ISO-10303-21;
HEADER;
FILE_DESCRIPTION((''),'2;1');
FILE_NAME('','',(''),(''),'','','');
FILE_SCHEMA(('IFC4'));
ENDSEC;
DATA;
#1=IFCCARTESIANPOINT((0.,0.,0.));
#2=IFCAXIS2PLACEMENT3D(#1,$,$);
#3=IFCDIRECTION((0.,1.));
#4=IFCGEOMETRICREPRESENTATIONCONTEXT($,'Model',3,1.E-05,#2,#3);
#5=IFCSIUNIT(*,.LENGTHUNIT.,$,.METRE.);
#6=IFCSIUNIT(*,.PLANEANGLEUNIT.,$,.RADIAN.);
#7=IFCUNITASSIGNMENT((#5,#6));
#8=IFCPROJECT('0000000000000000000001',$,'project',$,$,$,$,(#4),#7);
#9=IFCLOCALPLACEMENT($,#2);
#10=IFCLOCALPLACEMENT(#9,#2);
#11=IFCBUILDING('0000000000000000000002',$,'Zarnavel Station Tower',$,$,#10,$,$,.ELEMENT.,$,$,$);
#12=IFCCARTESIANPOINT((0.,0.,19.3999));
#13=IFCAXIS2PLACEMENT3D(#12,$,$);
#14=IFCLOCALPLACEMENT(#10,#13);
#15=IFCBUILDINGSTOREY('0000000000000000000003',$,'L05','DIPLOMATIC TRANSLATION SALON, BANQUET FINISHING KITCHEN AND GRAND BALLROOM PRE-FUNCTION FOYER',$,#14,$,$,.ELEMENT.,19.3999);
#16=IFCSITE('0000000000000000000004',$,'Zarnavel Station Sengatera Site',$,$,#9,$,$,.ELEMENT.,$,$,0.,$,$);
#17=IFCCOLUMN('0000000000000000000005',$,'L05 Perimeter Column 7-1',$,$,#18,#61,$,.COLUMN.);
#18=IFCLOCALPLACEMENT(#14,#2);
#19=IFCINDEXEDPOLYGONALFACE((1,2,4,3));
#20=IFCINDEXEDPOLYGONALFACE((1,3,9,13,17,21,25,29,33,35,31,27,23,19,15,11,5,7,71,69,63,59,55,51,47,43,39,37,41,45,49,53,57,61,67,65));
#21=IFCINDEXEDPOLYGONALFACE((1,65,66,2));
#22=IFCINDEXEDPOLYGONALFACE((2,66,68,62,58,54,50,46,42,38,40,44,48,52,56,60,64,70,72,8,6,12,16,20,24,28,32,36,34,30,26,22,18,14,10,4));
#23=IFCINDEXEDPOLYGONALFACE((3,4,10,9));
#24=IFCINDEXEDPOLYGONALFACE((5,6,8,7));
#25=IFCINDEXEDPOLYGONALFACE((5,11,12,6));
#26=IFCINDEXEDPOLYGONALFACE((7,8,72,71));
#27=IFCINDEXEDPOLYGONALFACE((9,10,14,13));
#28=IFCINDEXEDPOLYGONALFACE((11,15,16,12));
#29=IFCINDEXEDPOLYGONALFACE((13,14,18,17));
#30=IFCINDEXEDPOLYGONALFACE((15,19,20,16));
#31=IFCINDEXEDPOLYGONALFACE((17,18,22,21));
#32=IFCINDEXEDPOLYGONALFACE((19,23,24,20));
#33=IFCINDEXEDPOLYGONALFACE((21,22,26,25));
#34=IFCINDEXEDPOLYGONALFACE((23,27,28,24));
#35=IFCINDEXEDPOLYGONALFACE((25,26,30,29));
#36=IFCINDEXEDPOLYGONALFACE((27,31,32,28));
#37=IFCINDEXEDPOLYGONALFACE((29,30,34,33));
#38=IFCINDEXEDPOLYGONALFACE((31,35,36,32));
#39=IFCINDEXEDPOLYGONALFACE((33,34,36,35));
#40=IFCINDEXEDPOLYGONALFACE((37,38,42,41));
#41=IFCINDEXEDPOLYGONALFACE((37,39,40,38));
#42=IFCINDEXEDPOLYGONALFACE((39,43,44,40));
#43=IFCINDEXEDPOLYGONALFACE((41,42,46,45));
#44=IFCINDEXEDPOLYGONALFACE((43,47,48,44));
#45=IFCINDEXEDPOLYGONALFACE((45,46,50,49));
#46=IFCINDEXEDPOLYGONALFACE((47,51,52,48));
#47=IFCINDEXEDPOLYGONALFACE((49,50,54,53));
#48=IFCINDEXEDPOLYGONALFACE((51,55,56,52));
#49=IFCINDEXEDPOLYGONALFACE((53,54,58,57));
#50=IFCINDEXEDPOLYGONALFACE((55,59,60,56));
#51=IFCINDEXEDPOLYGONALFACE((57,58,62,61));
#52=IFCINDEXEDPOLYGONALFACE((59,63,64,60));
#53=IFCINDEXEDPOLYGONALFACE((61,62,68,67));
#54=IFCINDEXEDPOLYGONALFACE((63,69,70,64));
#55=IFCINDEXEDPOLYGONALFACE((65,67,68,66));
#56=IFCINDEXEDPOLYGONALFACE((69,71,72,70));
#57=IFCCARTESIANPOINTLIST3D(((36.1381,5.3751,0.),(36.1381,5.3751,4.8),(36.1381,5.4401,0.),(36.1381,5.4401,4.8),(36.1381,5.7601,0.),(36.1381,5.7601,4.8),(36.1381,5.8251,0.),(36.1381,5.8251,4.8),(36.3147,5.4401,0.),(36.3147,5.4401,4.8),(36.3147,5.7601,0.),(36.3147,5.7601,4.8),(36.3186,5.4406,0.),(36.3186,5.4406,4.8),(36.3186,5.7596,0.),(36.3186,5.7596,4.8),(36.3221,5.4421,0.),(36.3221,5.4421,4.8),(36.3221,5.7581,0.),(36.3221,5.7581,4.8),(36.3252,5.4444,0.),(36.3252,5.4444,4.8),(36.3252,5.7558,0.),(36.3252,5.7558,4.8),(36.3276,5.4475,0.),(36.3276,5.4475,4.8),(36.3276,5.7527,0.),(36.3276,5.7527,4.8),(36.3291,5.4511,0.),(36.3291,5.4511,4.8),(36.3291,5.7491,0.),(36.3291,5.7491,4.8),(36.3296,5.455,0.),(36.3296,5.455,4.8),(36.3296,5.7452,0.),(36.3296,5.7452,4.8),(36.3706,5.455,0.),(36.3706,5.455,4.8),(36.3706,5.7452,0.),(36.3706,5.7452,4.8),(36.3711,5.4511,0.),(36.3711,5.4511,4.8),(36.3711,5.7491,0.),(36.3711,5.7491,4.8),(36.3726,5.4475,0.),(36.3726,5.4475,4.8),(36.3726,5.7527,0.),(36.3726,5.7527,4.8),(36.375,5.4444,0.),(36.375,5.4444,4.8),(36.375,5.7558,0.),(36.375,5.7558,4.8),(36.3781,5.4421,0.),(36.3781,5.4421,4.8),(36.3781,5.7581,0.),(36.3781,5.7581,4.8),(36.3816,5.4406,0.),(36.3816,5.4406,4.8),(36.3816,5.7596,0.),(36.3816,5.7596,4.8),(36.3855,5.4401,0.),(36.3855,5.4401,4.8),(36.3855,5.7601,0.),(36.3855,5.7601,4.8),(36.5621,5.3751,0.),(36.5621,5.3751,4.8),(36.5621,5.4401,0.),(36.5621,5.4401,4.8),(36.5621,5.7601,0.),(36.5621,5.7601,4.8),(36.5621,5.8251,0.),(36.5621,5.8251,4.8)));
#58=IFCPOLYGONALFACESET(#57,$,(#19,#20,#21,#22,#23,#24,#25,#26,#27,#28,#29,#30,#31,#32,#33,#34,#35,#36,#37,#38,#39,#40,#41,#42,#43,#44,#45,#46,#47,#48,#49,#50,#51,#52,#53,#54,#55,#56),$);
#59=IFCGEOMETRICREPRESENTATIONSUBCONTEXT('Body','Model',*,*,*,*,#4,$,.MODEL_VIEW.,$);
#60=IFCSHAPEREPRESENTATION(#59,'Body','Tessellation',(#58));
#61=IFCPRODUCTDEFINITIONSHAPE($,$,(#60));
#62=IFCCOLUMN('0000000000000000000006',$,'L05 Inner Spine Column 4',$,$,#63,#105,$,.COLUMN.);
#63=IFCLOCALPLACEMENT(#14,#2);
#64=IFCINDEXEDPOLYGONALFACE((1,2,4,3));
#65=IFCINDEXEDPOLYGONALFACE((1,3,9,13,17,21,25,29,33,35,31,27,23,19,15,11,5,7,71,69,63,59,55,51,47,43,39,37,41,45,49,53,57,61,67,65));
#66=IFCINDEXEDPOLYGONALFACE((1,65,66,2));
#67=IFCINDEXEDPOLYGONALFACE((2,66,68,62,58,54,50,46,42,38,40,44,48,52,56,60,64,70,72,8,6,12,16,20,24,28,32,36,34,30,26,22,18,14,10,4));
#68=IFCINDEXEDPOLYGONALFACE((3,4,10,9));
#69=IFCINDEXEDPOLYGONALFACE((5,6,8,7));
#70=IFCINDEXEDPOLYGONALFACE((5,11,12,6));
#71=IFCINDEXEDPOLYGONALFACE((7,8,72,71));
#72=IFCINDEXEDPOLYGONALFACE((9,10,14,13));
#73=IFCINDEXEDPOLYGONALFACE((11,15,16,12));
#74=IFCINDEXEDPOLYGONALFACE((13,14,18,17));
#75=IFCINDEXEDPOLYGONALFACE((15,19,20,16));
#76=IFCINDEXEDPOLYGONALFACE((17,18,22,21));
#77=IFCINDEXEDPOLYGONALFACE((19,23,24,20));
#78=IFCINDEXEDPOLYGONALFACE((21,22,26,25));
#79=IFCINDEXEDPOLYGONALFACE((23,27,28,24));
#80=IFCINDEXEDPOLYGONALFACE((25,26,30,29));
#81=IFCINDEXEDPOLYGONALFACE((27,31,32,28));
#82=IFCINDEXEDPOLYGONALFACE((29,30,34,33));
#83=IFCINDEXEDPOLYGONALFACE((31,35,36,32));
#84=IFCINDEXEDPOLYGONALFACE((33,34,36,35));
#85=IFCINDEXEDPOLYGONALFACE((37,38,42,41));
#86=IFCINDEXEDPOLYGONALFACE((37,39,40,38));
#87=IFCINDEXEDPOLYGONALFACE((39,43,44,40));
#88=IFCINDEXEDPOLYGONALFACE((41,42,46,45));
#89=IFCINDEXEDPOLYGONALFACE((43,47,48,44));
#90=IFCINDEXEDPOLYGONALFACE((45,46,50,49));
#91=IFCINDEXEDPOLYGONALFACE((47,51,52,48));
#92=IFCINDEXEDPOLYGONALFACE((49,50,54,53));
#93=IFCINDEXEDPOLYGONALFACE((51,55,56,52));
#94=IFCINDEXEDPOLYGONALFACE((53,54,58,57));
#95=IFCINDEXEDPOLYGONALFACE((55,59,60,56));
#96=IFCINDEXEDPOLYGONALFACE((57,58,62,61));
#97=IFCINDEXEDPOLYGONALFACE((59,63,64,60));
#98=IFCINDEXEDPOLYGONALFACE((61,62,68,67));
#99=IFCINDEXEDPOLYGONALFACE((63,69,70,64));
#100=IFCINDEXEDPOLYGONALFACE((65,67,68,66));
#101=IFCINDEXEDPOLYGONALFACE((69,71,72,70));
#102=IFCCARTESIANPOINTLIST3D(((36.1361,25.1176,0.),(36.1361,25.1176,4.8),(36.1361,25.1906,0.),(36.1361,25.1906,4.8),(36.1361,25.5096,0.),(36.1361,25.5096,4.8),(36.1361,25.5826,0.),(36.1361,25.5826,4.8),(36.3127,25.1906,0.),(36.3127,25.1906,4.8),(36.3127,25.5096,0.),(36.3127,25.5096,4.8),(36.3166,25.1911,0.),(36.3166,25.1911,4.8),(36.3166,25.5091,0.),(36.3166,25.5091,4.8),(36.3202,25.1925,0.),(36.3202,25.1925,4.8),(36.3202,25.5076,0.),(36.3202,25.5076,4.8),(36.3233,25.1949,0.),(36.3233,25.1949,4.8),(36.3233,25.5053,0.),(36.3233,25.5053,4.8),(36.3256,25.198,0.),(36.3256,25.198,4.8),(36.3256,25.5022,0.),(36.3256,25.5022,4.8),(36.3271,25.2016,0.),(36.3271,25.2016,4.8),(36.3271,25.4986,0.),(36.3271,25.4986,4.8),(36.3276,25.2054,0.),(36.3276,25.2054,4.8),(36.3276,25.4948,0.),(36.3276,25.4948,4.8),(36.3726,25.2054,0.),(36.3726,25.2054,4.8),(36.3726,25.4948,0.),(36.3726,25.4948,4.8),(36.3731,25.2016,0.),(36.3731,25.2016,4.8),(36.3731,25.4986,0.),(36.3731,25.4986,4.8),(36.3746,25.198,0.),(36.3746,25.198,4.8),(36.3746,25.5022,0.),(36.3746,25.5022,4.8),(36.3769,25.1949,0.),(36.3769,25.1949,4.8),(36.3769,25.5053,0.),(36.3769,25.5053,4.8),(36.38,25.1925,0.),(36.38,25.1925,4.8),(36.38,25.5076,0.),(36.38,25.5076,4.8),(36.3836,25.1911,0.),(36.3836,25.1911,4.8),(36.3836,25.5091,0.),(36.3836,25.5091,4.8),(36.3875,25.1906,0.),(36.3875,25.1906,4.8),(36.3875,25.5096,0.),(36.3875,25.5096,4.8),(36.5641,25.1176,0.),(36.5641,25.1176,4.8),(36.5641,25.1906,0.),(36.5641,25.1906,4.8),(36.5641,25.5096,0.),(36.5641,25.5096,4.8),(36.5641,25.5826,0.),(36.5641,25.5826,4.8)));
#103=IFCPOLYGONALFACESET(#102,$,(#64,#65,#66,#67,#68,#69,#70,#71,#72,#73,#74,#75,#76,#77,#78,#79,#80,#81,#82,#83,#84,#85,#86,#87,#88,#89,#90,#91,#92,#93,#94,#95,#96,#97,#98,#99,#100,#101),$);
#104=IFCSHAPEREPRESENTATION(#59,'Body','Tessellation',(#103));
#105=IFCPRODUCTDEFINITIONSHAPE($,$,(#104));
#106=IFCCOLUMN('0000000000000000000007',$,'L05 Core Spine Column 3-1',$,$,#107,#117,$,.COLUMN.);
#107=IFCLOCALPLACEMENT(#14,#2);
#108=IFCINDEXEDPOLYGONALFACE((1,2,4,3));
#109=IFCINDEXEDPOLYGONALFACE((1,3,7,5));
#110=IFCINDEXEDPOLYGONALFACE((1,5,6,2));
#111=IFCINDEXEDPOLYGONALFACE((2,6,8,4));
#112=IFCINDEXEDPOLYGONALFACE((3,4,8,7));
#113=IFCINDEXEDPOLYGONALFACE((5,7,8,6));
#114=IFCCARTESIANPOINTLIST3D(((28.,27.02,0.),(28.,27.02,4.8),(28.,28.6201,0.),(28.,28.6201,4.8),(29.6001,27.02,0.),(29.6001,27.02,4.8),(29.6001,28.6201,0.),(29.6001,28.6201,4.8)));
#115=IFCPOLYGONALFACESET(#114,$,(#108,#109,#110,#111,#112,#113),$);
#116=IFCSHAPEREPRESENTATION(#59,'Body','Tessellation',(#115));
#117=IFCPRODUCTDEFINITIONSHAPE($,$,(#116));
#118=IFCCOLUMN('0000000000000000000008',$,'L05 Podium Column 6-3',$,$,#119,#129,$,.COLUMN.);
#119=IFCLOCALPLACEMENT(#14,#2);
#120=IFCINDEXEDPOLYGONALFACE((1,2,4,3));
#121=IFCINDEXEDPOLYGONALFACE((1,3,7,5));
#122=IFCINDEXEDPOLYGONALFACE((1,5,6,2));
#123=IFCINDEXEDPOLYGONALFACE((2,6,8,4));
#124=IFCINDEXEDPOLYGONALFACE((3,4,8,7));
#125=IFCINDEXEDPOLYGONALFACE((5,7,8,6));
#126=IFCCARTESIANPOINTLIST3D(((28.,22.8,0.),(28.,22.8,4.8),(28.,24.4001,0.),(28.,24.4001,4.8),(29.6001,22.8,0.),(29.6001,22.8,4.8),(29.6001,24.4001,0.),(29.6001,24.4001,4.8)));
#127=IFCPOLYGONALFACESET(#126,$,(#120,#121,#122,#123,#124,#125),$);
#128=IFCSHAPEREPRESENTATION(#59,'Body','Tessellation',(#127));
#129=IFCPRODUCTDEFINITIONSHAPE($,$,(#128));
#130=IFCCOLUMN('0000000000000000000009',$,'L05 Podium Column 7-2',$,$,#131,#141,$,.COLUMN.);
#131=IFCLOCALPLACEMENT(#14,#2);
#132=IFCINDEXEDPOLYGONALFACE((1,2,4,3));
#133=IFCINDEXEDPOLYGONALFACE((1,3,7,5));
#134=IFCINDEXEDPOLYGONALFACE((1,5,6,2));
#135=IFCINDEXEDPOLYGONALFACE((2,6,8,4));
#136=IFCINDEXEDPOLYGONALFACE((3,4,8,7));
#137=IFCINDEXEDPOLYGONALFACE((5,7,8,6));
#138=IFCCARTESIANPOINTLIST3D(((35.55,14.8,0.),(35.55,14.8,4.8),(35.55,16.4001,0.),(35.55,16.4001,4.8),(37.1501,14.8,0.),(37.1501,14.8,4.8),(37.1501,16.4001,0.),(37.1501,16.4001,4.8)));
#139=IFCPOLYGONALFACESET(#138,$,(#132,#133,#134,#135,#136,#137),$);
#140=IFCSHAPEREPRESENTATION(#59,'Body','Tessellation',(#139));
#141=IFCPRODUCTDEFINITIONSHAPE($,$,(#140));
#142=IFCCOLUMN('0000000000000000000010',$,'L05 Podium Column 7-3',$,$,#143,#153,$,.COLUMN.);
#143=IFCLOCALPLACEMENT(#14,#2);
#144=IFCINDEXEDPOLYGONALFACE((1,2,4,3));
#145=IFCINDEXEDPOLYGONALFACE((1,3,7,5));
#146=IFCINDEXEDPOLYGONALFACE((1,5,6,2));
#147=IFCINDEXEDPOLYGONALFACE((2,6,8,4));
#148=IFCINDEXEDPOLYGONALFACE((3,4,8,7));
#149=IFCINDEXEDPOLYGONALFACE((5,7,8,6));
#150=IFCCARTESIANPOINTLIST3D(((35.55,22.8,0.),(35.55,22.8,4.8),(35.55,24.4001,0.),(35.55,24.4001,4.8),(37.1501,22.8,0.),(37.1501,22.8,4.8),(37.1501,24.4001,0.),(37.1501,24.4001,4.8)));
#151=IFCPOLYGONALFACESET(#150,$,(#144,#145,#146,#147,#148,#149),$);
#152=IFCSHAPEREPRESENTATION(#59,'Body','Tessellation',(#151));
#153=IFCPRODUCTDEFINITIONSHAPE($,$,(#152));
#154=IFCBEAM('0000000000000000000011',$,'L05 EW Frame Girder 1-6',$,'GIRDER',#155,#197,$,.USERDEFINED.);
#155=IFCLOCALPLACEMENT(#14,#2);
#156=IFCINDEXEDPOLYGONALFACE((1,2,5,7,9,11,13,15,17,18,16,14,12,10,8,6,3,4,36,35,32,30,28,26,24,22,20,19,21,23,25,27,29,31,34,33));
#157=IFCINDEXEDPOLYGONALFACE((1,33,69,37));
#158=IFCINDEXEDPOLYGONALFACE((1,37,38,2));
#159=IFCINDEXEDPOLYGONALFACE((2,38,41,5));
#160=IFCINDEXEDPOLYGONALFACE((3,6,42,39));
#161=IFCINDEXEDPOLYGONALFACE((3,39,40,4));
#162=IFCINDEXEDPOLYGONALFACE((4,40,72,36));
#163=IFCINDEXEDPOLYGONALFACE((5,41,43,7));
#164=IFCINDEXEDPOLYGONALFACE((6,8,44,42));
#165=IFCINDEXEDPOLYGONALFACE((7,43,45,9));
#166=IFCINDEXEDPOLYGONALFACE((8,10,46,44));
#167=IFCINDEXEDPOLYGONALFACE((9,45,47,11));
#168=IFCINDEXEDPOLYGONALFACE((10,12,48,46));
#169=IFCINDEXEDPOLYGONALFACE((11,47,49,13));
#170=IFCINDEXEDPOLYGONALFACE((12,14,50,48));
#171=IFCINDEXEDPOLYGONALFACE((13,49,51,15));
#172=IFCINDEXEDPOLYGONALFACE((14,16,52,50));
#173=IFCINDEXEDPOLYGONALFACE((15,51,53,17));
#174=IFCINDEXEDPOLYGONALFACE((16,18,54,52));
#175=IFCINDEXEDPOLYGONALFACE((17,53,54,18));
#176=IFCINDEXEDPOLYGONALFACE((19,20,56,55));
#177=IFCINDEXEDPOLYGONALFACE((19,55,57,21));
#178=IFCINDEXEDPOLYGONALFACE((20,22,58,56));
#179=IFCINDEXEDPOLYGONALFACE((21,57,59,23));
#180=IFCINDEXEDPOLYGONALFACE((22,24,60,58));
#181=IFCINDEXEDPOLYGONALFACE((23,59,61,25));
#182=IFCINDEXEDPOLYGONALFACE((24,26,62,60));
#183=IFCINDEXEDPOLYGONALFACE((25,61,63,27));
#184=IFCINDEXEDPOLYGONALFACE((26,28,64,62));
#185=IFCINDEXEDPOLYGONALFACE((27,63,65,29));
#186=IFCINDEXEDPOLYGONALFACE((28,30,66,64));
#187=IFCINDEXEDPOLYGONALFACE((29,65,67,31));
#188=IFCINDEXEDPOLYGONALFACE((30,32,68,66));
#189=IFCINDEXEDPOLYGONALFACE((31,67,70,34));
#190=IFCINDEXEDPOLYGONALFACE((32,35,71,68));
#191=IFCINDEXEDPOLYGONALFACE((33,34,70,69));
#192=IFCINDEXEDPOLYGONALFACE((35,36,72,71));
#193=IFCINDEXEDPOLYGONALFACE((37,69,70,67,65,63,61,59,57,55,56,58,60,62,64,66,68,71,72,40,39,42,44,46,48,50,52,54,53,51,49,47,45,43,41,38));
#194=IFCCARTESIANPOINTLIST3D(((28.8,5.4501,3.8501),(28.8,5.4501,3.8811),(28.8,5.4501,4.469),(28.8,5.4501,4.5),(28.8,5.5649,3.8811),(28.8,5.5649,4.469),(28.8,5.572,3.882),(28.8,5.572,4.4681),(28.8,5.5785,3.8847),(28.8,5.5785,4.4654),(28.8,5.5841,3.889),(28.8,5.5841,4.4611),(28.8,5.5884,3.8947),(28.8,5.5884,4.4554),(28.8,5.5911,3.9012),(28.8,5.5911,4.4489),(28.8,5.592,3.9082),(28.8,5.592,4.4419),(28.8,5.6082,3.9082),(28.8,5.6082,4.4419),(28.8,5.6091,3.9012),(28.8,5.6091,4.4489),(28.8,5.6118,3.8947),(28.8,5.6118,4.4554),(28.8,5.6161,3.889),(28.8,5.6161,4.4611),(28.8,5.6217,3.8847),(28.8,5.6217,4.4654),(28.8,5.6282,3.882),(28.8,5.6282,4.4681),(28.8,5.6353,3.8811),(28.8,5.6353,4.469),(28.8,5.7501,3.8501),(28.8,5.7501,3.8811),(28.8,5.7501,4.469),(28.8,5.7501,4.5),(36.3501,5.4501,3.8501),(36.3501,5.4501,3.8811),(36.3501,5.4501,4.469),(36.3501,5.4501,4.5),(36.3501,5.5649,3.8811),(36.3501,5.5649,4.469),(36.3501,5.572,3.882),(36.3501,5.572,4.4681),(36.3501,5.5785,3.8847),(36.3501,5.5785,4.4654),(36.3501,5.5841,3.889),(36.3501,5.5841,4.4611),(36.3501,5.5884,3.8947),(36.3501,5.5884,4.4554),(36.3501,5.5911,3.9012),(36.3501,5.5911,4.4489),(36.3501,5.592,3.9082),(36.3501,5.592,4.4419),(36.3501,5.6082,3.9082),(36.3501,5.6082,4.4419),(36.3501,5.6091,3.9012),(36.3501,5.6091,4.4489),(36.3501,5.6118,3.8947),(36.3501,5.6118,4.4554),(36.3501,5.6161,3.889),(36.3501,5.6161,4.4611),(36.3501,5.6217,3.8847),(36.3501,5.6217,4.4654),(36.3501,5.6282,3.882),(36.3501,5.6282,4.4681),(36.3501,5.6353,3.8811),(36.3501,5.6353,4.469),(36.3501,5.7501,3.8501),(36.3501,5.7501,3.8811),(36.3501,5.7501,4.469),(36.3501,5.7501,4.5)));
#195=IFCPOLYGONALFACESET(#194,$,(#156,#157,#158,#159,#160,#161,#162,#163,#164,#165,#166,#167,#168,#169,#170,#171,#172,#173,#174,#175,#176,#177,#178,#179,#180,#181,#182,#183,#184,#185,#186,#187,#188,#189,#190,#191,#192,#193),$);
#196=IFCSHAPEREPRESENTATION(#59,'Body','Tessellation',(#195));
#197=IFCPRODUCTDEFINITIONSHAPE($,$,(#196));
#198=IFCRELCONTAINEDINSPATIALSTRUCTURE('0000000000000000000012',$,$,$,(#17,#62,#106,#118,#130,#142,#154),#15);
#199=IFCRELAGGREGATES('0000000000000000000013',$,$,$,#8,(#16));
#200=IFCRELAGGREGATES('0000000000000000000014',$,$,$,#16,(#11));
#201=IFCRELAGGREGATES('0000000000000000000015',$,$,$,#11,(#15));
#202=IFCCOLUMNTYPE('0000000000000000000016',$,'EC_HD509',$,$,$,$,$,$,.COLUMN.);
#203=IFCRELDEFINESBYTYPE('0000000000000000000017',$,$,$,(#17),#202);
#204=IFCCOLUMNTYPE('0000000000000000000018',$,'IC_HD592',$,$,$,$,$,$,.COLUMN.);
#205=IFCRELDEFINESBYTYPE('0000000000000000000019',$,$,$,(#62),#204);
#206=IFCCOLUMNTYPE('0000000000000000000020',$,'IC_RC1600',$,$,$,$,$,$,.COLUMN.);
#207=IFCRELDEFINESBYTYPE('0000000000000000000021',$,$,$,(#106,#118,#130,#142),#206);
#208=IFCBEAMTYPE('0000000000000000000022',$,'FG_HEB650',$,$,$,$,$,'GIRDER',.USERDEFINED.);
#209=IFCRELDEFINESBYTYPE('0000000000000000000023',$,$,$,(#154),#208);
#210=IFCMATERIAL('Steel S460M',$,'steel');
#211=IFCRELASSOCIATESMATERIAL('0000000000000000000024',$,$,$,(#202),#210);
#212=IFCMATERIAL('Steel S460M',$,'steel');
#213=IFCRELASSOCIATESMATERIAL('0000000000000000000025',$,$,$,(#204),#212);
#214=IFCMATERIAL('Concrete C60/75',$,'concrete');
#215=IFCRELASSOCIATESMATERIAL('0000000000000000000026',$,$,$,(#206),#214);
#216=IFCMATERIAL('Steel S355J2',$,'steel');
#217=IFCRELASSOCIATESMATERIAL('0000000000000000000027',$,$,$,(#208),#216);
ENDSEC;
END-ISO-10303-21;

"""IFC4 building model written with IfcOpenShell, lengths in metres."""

from ifc_helpers import new_model, si_unit, direction, frame, origin, origin_2d, place, context, subcontext, project, spatial, rectangle, i_section, extrude, material, material_profile, profile_set, type_object, element, save


model = new_model("IFC4")

# Units and contexts
model_context = context("Model", 3, precision=1e-05, world=origin(), true_north=direction((0.0, 1.0)))
body_context = subcontext(model_context, "Body", "Model", "MODEL_VIEW")
ifc_project = project(units=[si_unit("LENGTHUNIT", "METRE"), si_unit("PLANEANGLEUNIT", "RADIAN")], contexts=[model_context])

# Site, building, storey
site_placement = place(None, origin())
site = spatial("IfcSite", under=ifc_project, at=site_placement, Name="Zarnavel Station Sengatera Site", CompositionType="ELEMENT", RefElevation=0.0)
building_placement = place(site_placement, origin())
building = spatial("IfcBuilding", under=site, at=building_placement, Name="Zarnavel Station Tower", CompositionType="ELEMENT")
storey_placement = place(building_placement, frame((0.0, 0.0, 19.3999)))
storey = spatial("IfcBuildingStorey", under=building, at=storey_placement, Name="L05", Description="DIPLOMATIC TRANSLATION SALON, BANQUET FINISHING KITCHEN AND GRAND BALLROOM PRE-FUNCTION FOYER", CompositionType="ELEMENT", Elevation=19.3999)

# Columns
ifc_material_1 = material(Name="Steel S460M", Category="steel")
ifc_material_profile_1 = material_profile(ifc_material_1, i_section(OverallWidth=0.4241, OverallDepth=0.45, WebThickness=0.041, FlangeThickness=0.0649, FilletRadius=0.0149, at=origin_2d()), Name="HD400x509")
ifc_profile_set_1 = profile_set([ifc_material_profile_1], Name="Steel S460M")
column_type_1 = type_object("IfcColumnType", Name="EC_HD509", PredefinedType="COLUMN", material=ifc_profile_set_1)
column_1_placement = place(storey_placement, frame((36.3501, 5.6001, 0.0), z_axis=(0.0, 0.0, 1.0), x_axis=(1.0, 0.0, 0.0)))
element("IfcColumn", 1, at=column_1_placement, inside=storey, type_object=column_type_1, Name="L05 Perimeter Column 7-1", PredefinedType="COLUMN", context=body_context, shape_type="SweptSolid", body=[
    extrude(i_section(OverallWidth=0.4241, OverallDepth=0.45, WebThickness=0.041, FlangeThickness=0.0649, FilletRadius=0.0149, at=origin_2d()), origin(), (0.0, 0.0, 1.0), 4.8),
])
ifc_material_2 = material(Name="Steel S460M", Category="steel")
ifc_material_profile_2 = material_profile(ifc_material_2, i_section(OverallWidth=0.428, OverallDepth=0.4651, WebThickness=0.0449, FlangeThickness=0.073, FilletRadius=0.0149, at=origin_2d()), Name="HD400x592")
ifc_profile_set_2 = profile_set([ifc_material_profile_2], Name="Steel S460M")
column_type_2 = type_object("IfcColumnType", Name="IC_HD592", PredefinedType="COLUMN", material=ifc_profile_set_2)
column_2_placement = place(storey_placement, frame((36.3501, 25.3501, 0.0), z_axis=(0.0, 0.0, 1.0), x_axis=(1.0, 0.0, 0.0)))
element("IfcColumn", 2, at=column_2_placement, inside=storey, type_object=column_type_2, Name="L05 Inner Spine Column 4", PredefinedType="COLUMN", context=body_context, shape_type="SweptSolid", body=[
    extrude(i_section(OverallWidth=0.428, OverallDepth=0.4651, WebThickness=0.0449, FlangeThickness=0.073, FilletRadius=0.0149, at=origin_2d()), origin(), (0.0, 0.0, 1.0), 4.8),
])
ifc_material_3 = material(Name="Concrete C60/75", Category="concrete")
ifc_material_profile_3 = material_profile(ifc_material_3, rectangle(XDim=1.6001, YDim=1.6001, at=origin_2d()), Name="RC1600x1600")
ifc_profile_set_3 = profile_set([ifc_material_profile_3], Name="Concrete C60/75")
column_type_3 = type_object("IfcColumnType", Name="IC_RC1600", PredefinedType="COLUMN", material=ifc_profile_set_3)
for number, where, z_axis, x_axis, name in (
    (3, (28.8, 27.8201, 0.0), (0.0, 0.0, 1.0), (1.0, 0.0, 0.0), "L05 Core Spine Column 3-1"),
    (4, (28.8, 23.6001, 0.0), (0.0, 0.0, 1.0), (1.0, 0.0, 0.0), "L05 Podium Column 6-3"),
    (5, (36.3501, 15.6001, 0.0), (0.0, 0.0, 1.0), (1.0, 0.0, 0.0), "L05 Podium Column 7-2"),
    (6, (36.3501, 23.6001, 0.0), (0.0, 0.0, 1.0), (1.0, 0.0, 0.0), "L05 Podium Column 7-3"),
):
    element("IfcColumn", number, at=place(storey_placement, frame(where, z_axis=z_axis, x_axis=x_axis)), inside=storey, type_object=column_type_3, Name=name, PredefinedType="COLUMN", context=body_context, shape_type="SweptSolid", body=[
        extrude(rectangle(XDim=1.6001, YDim=1.6001, at=origin_2d()), origin(), (0.0, 0.0, 1.0), 4.8),
    ])

# Beam
ifc_material_4 = material(Name="Steel S355J2", Category="steel")
ifc_material_profile_4 = material_profile(ifc_material_4, i_section(OverallWidth=0.3, OverallDepth=0.6499, WebThickness=0.0161, FlangeThickness=0.031, FilletRadius=0.0271, at=origin_2d()), Name="HEB650")
ifc_profile_set_4 = profile_set([ifc_material_profile_4], Name="Steel S355J2")
beam_type_1 = type_object("IfcBeamType", Name="FG_HEB650", ElementType="GIRDER", PredefinedType="USERDEFINED", material=ifc_profile_set_4)
beam_1_placement = place(storey_placement, frame((28.8, 5.6001, 4.175), z_axis=(1.0, 0.0, 0.0), x_axis=(0.0, 1.0, 0.0)))
element("IfcBeam", 7, at=beam_1_placement, inside=storey, type_object=beam_type_1, Name="L05 EW Frame Girder 1-6", ObjectType="GIRDER", PredefinedType="USERDEFINED", context=body_context, shape_type="SweptSolid", body=[
    extrude(i_section(OverallWidth=0.3, OverallDepth=0.6499, WebThickness=0.0161, FlangeThickness=0.031, FilletRadius=0.0271, at=origin_2d()), origin(), (0.0, 0.0, 1.0), 7.55),
])

save(model, "model.ifc")
